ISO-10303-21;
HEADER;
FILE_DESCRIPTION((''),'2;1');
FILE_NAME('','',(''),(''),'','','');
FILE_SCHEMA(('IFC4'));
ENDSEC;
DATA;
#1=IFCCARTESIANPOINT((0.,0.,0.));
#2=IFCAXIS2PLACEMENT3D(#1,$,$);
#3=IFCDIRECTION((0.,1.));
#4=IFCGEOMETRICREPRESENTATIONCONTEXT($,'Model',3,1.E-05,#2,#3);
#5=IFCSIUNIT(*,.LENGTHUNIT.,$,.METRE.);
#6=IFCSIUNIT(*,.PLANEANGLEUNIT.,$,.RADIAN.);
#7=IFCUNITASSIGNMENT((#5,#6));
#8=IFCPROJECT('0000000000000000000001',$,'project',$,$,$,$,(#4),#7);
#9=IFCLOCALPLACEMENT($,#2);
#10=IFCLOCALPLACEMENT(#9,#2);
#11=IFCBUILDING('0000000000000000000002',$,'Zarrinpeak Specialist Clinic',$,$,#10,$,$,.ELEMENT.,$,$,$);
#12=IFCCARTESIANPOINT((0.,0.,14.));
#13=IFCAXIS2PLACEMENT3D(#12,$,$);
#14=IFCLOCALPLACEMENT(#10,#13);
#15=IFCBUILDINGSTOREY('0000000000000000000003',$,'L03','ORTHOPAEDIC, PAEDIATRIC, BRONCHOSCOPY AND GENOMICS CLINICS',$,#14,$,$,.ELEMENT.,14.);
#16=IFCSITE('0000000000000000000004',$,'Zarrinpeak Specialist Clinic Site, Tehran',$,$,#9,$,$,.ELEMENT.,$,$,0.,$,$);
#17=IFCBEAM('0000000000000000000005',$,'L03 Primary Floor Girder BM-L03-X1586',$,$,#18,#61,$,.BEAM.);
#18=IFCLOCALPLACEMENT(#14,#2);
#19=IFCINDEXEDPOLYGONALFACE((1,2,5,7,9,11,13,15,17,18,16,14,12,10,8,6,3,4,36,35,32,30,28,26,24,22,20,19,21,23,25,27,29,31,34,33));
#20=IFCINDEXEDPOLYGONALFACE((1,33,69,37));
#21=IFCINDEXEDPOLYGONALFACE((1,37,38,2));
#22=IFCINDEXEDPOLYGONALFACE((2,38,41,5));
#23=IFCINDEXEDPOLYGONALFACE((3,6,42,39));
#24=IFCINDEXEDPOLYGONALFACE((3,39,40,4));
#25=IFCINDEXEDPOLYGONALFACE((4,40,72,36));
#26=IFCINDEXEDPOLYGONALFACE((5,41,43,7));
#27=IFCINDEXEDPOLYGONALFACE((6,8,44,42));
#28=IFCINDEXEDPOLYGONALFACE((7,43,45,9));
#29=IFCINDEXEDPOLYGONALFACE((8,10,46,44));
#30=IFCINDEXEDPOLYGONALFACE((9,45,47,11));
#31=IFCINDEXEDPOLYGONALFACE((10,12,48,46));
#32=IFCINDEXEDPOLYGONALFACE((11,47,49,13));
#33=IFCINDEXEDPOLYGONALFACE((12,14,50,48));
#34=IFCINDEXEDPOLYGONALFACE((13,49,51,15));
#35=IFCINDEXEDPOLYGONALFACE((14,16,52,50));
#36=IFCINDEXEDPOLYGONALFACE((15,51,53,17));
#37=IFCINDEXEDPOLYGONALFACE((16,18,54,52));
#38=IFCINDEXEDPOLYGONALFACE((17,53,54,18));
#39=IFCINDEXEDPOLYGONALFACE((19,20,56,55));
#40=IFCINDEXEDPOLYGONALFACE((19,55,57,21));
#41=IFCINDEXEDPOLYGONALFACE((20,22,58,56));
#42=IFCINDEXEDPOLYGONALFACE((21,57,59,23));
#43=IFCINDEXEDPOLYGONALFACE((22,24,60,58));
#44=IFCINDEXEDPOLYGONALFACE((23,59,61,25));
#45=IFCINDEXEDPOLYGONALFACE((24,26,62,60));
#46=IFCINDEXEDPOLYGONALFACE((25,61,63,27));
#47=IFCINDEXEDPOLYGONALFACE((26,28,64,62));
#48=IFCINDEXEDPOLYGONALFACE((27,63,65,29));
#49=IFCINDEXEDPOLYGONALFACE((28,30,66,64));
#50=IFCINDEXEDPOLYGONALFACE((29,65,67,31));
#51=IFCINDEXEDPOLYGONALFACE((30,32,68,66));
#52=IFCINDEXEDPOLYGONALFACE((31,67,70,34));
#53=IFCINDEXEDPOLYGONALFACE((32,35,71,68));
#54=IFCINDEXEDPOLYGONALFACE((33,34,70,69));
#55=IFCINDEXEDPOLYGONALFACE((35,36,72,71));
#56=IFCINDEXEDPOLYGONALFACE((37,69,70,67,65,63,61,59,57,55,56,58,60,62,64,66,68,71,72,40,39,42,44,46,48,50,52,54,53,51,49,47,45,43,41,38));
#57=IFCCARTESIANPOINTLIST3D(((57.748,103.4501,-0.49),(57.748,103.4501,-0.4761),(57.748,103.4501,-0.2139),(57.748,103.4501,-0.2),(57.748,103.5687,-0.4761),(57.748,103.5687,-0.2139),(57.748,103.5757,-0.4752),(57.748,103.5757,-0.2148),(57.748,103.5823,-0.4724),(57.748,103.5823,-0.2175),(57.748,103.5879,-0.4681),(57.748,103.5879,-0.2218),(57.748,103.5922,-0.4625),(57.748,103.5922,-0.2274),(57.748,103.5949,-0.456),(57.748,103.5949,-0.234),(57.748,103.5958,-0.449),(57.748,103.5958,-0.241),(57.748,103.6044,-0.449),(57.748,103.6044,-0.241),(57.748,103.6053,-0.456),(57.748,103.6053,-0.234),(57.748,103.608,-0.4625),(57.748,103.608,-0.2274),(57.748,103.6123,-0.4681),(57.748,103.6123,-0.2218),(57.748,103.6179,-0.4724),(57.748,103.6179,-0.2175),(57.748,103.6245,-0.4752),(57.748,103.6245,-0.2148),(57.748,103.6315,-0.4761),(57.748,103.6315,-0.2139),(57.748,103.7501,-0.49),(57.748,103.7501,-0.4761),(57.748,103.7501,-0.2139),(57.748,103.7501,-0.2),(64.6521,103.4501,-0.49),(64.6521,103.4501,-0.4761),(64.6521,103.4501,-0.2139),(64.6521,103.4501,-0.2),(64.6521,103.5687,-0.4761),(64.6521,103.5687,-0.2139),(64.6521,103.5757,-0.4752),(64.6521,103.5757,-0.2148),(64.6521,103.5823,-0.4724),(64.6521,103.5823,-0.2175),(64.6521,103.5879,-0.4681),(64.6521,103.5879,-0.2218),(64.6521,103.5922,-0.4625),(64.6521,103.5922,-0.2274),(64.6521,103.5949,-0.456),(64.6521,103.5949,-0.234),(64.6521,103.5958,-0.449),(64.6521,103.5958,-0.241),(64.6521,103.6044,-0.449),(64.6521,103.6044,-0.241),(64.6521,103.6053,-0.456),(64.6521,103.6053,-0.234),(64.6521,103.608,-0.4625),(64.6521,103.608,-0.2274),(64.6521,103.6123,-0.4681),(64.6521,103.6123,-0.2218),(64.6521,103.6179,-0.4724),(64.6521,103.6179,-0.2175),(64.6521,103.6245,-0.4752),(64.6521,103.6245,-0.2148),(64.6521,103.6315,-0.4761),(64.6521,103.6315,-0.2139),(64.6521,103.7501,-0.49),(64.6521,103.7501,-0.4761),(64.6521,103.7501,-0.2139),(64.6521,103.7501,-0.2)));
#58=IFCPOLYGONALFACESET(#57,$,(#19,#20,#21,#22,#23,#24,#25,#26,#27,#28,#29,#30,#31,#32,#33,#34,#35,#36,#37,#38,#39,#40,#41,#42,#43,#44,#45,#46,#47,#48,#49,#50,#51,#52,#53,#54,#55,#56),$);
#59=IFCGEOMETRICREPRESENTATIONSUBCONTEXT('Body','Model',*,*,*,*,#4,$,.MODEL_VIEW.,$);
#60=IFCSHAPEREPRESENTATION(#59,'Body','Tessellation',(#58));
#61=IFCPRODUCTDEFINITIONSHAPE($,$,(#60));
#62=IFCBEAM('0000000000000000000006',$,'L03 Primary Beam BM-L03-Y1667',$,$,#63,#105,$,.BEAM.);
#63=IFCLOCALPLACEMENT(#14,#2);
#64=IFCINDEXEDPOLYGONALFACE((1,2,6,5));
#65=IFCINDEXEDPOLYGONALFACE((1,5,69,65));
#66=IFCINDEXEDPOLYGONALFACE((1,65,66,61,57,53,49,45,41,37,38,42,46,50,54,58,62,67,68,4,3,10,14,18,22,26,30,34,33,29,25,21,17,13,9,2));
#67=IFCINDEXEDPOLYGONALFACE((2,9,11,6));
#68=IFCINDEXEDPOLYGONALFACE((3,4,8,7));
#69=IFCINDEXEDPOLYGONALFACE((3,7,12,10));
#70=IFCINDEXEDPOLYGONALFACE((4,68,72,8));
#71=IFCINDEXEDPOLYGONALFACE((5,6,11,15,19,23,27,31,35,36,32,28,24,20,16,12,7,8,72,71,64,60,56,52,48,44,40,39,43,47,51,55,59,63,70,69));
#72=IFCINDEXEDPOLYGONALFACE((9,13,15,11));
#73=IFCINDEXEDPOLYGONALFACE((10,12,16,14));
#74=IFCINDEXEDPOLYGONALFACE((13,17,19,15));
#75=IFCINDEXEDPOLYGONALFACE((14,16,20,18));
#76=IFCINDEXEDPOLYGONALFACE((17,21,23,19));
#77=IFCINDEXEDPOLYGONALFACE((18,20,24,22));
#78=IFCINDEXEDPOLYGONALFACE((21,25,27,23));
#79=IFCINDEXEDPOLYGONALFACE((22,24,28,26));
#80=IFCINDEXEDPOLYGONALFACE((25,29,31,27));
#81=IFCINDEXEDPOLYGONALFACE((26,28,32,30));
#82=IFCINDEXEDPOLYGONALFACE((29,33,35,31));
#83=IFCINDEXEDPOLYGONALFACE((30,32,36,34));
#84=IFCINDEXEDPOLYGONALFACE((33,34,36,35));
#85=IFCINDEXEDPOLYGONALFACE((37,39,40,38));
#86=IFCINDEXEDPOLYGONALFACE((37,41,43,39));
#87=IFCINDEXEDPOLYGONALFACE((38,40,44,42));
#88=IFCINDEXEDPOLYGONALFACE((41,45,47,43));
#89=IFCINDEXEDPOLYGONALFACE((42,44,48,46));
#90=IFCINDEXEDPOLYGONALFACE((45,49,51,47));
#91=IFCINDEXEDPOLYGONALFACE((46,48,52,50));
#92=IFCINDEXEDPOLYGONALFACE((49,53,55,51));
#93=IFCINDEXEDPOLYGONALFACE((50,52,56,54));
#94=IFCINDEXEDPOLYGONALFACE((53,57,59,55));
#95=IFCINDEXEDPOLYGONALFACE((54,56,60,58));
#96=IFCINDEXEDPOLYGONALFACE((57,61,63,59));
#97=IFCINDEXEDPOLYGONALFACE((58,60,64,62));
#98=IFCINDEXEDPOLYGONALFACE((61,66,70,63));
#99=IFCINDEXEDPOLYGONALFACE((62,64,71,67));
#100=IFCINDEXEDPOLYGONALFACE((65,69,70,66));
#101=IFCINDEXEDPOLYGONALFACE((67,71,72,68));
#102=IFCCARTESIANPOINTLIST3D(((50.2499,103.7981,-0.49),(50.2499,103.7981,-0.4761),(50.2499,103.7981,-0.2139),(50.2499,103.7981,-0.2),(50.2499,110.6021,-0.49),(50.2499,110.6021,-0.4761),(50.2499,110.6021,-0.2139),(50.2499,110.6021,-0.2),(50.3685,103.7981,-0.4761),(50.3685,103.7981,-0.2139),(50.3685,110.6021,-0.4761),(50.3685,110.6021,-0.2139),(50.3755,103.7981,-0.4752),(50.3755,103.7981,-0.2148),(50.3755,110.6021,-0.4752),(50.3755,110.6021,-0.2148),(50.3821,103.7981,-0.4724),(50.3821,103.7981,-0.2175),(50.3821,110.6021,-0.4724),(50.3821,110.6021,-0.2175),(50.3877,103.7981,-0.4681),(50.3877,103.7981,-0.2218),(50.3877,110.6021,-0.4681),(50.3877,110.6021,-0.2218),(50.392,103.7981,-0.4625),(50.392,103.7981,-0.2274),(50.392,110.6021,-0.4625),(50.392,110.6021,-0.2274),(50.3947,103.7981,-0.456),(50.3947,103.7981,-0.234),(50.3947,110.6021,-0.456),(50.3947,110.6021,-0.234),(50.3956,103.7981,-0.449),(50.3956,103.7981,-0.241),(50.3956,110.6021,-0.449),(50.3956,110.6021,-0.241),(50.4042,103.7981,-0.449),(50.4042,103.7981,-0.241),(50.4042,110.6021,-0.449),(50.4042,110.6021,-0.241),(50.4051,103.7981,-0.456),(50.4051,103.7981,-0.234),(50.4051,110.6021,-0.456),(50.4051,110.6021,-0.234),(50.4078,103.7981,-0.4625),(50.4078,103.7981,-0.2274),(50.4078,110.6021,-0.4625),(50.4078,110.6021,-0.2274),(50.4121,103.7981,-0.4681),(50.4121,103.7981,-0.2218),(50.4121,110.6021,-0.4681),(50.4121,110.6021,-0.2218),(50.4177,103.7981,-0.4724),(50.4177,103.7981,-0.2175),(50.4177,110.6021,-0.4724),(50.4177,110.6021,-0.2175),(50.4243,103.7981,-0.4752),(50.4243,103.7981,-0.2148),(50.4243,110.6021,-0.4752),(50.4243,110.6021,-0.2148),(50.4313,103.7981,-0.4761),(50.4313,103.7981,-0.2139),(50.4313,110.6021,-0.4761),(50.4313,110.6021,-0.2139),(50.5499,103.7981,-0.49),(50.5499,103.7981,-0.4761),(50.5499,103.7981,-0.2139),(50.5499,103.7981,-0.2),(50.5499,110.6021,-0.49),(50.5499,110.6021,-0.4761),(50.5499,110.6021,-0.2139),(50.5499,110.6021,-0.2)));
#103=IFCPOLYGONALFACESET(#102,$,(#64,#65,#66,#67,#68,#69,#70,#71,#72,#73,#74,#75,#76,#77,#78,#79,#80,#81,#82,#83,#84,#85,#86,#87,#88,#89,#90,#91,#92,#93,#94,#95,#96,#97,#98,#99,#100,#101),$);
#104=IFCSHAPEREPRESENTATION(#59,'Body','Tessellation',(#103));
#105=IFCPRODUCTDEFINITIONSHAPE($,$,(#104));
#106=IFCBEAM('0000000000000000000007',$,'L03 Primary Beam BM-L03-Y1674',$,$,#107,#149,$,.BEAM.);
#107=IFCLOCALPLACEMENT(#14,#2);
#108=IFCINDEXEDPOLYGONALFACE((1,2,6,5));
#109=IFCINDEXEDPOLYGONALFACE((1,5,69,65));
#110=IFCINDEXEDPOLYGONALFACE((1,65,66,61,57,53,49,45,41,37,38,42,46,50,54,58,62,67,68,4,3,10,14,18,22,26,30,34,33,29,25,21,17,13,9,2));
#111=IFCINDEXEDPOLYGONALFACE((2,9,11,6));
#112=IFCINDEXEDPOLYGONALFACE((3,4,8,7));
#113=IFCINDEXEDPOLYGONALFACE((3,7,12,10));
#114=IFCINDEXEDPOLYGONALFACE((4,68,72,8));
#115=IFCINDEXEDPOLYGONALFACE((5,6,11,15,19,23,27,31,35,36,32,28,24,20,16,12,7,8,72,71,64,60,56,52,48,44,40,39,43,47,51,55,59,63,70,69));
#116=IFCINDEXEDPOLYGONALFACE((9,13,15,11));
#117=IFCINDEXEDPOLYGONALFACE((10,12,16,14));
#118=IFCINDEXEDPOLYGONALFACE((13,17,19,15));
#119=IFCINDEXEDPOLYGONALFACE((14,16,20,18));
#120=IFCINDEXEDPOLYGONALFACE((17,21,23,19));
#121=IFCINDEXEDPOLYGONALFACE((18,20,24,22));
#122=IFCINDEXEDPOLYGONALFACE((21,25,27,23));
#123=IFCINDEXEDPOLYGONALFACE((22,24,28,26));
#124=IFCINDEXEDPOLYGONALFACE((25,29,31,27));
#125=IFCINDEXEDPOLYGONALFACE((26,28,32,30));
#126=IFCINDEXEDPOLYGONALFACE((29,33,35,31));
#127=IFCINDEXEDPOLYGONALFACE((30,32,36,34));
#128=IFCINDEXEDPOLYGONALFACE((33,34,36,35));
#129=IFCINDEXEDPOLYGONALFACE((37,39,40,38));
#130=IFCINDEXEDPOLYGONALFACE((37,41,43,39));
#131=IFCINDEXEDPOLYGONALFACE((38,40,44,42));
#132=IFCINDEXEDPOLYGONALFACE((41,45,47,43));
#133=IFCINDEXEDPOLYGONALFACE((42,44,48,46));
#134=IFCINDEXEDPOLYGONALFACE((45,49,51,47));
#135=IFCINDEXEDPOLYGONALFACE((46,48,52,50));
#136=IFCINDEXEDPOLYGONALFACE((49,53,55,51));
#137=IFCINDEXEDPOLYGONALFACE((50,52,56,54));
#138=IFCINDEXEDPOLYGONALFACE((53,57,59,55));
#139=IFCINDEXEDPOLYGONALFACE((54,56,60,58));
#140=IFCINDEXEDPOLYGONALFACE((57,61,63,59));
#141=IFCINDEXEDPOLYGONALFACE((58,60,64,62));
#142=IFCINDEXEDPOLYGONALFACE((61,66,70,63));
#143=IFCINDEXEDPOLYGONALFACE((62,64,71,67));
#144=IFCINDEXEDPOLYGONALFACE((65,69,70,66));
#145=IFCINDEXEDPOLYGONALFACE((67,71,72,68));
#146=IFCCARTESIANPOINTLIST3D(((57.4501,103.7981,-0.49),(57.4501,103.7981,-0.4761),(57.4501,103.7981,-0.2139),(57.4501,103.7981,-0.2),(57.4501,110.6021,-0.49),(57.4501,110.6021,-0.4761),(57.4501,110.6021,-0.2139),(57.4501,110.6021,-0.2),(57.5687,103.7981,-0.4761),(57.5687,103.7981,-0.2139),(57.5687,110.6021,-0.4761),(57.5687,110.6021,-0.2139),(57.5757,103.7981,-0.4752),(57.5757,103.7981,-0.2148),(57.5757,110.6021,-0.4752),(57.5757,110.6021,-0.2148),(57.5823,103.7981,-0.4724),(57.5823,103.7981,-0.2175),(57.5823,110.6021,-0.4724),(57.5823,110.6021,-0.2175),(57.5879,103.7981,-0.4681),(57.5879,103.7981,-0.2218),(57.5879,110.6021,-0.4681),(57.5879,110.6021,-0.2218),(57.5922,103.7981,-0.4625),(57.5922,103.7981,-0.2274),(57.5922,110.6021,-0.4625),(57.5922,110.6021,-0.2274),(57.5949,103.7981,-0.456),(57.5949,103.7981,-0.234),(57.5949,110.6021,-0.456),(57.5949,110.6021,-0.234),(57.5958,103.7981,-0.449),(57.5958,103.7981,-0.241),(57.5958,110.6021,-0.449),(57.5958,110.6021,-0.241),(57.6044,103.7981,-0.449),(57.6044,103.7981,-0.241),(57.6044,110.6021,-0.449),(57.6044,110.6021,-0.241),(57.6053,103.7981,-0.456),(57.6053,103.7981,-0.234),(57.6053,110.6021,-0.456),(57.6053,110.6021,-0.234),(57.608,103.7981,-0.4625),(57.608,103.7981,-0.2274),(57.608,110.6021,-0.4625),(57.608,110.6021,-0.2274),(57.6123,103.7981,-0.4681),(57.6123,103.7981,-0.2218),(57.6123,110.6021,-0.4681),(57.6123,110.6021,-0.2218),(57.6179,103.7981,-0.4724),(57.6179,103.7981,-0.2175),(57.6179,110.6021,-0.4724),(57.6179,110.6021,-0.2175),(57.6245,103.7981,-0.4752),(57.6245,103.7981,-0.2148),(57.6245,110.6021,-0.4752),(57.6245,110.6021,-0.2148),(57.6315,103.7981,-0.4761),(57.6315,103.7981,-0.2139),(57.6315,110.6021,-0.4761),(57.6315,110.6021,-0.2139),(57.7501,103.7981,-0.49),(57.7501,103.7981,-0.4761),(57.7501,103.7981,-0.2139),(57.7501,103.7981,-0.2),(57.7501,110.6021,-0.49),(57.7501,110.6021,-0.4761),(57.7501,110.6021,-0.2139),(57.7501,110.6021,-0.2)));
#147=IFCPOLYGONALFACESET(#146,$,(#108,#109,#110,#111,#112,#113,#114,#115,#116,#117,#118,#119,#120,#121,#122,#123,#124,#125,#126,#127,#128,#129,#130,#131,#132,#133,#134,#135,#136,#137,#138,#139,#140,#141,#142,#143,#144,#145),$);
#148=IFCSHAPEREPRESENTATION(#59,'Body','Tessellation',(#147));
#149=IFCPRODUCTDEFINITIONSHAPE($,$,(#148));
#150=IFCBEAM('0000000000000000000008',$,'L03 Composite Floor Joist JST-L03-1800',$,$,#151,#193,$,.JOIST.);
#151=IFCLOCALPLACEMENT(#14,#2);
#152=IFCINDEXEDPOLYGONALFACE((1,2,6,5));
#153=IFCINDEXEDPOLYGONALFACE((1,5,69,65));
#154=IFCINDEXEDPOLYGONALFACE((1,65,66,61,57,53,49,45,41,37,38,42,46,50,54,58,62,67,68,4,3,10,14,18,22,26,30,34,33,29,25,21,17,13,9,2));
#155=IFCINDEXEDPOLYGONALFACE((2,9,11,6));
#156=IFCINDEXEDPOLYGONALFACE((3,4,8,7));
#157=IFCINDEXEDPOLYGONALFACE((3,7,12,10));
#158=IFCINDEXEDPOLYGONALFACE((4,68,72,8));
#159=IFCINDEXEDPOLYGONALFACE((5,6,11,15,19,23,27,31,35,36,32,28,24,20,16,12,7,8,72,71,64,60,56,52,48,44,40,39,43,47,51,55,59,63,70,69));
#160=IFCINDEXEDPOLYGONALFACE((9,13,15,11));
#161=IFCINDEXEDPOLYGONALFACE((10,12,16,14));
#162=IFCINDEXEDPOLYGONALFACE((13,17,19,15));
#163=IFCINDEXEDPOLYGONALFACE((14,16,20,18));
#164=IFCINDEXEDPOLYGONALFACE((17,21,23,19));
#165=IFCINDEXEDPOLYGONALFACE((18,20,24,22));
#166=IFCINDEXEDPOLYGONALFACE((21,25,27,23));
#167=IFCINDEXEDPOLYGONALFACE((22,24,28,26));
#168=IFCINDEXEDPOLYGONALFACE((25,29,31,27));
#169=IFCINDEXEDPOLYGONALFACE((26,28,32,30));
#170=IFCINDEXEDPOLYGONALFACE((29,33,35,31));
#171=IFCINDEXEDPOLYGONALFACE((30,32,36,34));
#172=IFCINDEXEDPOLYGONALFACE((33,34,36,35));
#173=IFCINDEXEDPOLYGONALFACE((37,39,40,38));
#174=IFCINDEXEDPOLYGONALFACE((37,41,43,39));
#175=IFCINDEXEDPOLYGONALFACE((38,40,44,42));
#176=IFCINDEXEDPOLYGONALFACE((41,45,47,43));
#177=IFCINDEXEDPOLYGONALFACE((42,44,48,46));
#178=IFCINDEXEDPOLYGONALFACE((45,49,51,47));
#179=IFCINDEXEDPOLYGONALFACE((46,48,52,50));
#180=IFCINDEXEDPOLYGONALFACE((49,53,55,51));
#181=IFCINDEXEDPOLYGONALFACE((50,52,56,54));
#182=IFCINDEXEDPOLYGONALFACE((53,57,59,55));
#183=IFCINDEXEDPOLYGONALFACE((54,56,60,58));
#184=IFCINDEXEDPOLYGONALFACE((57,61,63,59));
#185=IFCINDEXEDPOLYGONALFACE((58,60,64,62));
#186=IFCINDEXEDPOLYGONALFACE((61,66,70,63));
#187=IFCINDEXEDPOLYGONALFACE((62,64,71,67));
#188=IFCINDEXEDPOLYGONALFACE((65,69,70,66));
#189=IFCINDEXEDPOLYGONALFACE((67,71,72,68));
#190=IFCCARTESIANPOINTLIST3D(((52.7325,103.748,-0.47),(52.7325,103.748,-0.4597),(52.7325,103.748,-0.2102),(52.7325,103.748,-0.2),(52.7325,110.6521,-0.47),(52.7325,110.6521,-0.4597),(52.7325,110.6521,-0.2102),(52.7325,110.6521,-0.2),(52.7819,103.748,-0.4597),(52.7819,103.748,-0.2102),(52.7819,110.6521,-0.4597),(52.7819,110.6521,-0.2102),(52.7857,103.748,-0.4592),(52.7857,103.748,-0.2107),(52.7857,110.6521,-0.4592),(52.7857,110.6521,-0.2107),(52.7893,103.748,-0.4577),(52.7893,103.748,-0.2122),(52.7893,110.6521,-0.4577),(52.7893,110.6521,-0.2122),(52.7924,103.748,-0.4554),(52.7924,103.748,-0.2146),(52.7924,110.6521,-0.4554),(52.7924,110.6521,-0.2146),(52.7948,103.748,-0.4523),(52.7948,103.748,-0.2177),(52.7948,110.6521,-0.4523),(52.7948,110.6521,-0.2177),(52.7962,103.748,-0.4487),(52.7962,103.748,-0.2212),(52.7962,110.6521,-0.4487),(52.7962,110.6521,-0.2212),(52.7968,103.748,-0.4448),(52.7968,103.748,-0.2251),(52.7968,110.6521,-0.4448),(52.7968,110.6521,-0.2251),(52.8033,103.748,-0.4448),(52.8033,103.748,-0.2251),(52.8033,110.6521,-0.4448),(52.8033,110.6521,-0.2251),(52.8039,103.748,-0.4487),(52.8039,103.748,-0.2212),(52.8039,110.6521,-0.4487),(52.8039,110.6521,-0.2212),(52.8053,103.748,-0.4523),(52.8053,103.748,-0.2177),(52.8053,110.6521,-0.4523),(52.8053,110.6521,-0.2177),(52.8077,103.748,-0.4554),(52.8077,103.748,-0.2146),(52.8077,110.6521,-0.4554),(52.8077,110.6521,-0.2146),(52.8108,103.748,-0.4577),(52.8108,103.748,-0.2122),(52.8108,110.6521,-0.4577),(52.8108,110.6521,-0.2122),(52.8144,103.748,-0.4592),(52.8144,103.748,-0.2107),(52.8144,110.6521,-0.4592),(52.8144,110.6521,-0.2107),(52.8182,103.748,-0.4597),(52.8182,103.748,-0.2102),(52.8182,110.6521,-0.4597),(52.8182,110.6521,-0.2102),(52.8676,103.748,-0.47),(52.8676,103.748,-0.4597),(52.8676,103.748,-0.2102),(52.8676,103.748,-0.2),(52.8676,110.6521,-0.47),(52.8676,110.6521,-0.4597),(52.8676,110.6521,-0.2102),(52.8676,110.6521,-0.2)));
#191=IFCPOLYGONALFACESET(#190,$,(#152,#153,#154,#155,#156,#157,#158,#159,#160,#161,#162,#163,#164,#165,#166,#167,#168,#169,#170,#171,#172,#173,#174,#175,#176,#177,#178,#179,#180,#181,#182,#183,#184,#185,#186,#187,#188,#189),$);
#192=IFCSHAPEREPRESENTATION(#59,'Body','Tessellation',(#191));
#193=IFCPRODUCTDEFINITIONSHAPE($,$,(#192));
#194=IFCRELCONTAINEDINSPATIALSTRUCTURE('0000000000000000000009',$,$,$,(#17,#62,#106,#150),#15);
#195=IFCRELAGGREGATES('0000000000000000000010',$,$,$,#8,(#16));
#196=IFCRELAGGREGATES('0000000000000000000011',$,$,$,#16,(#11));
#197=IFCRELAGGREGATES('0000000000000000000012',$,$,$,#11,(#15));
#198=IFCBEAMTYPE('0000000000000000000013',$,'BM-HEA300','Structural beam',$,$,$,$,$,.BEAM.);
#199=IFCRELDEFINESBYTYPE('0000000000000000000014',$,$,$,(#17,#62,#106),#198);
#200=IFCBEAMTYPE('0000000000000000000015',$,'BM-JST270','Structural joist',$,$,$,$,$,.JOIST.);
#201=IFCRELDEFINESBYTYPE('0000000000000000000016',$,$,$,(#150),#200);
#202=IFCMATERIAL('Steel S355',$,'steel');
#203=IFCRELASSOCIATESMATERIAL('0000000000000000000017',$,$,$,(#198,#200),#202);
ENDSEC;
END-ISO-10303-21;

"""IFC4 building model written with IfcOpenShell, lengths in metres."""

from ifc_helpers import new_model, si_unit, direction, frame, origin, origin_2d, place, context, subcontext, project, spatial, i_section, extrude, material, material_profile, profile_set, type_object, element, save


model = new_model("IFC4")

# Units and contexts
model_context = context("Model", 3, precision=1e-05, world=origin(), true_north=direction((0.0, 1.0)))
body_context = subcontext(model_context, "Body", "Model", "MODEL_VIEW")
ifc_project = project(units=[si_unit("LENGTHUNIT", "METRE"), si_unit("PLANEANGLEUNIT", "RADIAN")], contexts=[model_context])

# Site, building, storey
site_placement = place(None, origin())
site = spatial("IfcSite", under=ifc_project, at=site_placement, Name="Zarrinpeak Specialist Clinic Site, Tehran", CompositionType="ELEMENT", RefElevation=0.0)
building_placement = place(site_placement, origin())
building = spatial("IfcBuilding", under=site, at=building_placement, Name="Zarrinpeak Specialist Clinic", CompositionType="ELEMENT")
storey_placement = place(building_placement, frame((0.0, 0.0, 14.0)))
storey = spatial("IfcBuildingStorey", under=building, at=storey_placement, Name="L03", Description="ORTHOPAEDIC, PAEDIATRIC, BRONCHOSCOPY AND GENOMICS CLINICS", CompositionType="ELEMENT", Elevation=14.0)

# Shared definitions
ifc_material_1 = material(Name="Steel S355", Category="steel")

# Beams
ifc_material_profile_1 = material_profile(ifc_material_1, i_section(OverallWidth=0.3, OverallDepth=0.29, WebThickness=0.0085, FlangeThickness=0.0139, FilletRadius=0.0271, at=origin_2d()), Name="HEA 300")
ifc_profile_set_1 = profile_set([ifc_material_profile_1], Name="Steel S355")
beam_type_1 = type_object("IfcBeamType", Name="BM-HEA300", Description="Structural beam", PredefinedType="BEAM", material=ifc_profile_set_1)
beam_1_placement = place(storey_placement, frame((57.748, 103.6001, -0.345), z_axis=(1.0, 0.0, 0.0), x_axis=(0.0, 1.0, 0.0)))
element("IfcBeam", 1, at=beam_1_placement, inside=storey, type_object=beam_type_1, Name="L03 Primary Floor Girder BM-L03-X1586", PredefinedType="BEAM", context=body_context, shape_type="SweptSolid", body=[
    extrude(i_section(OverallWidth=0.3, OverallDepth=0.29, WebThickness=0.0085, FlangeThickness=0.0139, FilletRadius=0.0271, at=origin_2d()), origin(), (0.0, 0.0, 1.0), 6.9041),
])
for number, where, z_axis, x_axis, name in (
    (2, (50.3999, 103.7981, -0.345), (0.0, 1.0, 0.0), (-1.0, 0.0, 0.0), "L03 Primary Beam BM-L03-Y1667"),
    (3, (57.6001, 103.7981, -0.345), (0.0, 1.0, 0.0), (-1.0, 0.0, 0.0), "L03 Primary Beam BM-L03-Y1674"),
):
    element("IfcBeam", number, at=place(storey_placement, frame(where, z_axis=z_axis, x_axis=x_axis)), inside=storey, type_object=beam_type_1, Name=name, PredefinedType="BEAM", context=body_context, shape_type="SweptSolid", body=[
        extrude(i_section(OverallWidth=0.3, OverallDepth=0.29, WebThickness=0.0085, FlangeThickness=0.0139, FilletRadius=0.0271, at=origin_2d()), origin(), (0.0, 0.0, 1.0), 6.804),
    ])
ifc_material_profile_2 = material_profile(ifc_material_1, i_section(OverallWidth=0.135, OverallDepth=0.27, WebThickness=0.0066, FlangeThickness=0.0103, FilletRadius=0.0149, at=origin_2d()), Name="IPE 270")
ifc_profile_set_2 = profile_set([ifc_material_profile_2], Name="Steel S355")
beam_type_2 = type_object("IfcBeamType", Name="BM-JST270", Description="Structural joist", PredefinedType="JOIST", material=ifc_profile_set_2)
for number, where, z_axis, x_axis, name in (
    (4, (52.8, 103.748, -0.335), (0.0, 1.0, 0.0), (-1.0, 0.0, 0.0), "L03 Composite Floor Joist JST-L03-1800"),
):
    element("IfcBeam", number, at=place(storey_placement, frame(where, z_axis=z_axis, x_axis=x_axis)), inside=storey, type_object=beam_type_2, Name=name, PredefinedType="JOIST", context=body_context, shape_type="SweptSolid", body=[
        extrude(i_section(OverallWidth=0.135, OverallDepth=0.27, WebThickness=0.0066, FlangeThickness=0.0103, FilletRadius=0.0149, at=origin_2d()), origin(), (0.0, 0.0, 1.0), 6.9041),
    ])

save(model, "model.ifc")
